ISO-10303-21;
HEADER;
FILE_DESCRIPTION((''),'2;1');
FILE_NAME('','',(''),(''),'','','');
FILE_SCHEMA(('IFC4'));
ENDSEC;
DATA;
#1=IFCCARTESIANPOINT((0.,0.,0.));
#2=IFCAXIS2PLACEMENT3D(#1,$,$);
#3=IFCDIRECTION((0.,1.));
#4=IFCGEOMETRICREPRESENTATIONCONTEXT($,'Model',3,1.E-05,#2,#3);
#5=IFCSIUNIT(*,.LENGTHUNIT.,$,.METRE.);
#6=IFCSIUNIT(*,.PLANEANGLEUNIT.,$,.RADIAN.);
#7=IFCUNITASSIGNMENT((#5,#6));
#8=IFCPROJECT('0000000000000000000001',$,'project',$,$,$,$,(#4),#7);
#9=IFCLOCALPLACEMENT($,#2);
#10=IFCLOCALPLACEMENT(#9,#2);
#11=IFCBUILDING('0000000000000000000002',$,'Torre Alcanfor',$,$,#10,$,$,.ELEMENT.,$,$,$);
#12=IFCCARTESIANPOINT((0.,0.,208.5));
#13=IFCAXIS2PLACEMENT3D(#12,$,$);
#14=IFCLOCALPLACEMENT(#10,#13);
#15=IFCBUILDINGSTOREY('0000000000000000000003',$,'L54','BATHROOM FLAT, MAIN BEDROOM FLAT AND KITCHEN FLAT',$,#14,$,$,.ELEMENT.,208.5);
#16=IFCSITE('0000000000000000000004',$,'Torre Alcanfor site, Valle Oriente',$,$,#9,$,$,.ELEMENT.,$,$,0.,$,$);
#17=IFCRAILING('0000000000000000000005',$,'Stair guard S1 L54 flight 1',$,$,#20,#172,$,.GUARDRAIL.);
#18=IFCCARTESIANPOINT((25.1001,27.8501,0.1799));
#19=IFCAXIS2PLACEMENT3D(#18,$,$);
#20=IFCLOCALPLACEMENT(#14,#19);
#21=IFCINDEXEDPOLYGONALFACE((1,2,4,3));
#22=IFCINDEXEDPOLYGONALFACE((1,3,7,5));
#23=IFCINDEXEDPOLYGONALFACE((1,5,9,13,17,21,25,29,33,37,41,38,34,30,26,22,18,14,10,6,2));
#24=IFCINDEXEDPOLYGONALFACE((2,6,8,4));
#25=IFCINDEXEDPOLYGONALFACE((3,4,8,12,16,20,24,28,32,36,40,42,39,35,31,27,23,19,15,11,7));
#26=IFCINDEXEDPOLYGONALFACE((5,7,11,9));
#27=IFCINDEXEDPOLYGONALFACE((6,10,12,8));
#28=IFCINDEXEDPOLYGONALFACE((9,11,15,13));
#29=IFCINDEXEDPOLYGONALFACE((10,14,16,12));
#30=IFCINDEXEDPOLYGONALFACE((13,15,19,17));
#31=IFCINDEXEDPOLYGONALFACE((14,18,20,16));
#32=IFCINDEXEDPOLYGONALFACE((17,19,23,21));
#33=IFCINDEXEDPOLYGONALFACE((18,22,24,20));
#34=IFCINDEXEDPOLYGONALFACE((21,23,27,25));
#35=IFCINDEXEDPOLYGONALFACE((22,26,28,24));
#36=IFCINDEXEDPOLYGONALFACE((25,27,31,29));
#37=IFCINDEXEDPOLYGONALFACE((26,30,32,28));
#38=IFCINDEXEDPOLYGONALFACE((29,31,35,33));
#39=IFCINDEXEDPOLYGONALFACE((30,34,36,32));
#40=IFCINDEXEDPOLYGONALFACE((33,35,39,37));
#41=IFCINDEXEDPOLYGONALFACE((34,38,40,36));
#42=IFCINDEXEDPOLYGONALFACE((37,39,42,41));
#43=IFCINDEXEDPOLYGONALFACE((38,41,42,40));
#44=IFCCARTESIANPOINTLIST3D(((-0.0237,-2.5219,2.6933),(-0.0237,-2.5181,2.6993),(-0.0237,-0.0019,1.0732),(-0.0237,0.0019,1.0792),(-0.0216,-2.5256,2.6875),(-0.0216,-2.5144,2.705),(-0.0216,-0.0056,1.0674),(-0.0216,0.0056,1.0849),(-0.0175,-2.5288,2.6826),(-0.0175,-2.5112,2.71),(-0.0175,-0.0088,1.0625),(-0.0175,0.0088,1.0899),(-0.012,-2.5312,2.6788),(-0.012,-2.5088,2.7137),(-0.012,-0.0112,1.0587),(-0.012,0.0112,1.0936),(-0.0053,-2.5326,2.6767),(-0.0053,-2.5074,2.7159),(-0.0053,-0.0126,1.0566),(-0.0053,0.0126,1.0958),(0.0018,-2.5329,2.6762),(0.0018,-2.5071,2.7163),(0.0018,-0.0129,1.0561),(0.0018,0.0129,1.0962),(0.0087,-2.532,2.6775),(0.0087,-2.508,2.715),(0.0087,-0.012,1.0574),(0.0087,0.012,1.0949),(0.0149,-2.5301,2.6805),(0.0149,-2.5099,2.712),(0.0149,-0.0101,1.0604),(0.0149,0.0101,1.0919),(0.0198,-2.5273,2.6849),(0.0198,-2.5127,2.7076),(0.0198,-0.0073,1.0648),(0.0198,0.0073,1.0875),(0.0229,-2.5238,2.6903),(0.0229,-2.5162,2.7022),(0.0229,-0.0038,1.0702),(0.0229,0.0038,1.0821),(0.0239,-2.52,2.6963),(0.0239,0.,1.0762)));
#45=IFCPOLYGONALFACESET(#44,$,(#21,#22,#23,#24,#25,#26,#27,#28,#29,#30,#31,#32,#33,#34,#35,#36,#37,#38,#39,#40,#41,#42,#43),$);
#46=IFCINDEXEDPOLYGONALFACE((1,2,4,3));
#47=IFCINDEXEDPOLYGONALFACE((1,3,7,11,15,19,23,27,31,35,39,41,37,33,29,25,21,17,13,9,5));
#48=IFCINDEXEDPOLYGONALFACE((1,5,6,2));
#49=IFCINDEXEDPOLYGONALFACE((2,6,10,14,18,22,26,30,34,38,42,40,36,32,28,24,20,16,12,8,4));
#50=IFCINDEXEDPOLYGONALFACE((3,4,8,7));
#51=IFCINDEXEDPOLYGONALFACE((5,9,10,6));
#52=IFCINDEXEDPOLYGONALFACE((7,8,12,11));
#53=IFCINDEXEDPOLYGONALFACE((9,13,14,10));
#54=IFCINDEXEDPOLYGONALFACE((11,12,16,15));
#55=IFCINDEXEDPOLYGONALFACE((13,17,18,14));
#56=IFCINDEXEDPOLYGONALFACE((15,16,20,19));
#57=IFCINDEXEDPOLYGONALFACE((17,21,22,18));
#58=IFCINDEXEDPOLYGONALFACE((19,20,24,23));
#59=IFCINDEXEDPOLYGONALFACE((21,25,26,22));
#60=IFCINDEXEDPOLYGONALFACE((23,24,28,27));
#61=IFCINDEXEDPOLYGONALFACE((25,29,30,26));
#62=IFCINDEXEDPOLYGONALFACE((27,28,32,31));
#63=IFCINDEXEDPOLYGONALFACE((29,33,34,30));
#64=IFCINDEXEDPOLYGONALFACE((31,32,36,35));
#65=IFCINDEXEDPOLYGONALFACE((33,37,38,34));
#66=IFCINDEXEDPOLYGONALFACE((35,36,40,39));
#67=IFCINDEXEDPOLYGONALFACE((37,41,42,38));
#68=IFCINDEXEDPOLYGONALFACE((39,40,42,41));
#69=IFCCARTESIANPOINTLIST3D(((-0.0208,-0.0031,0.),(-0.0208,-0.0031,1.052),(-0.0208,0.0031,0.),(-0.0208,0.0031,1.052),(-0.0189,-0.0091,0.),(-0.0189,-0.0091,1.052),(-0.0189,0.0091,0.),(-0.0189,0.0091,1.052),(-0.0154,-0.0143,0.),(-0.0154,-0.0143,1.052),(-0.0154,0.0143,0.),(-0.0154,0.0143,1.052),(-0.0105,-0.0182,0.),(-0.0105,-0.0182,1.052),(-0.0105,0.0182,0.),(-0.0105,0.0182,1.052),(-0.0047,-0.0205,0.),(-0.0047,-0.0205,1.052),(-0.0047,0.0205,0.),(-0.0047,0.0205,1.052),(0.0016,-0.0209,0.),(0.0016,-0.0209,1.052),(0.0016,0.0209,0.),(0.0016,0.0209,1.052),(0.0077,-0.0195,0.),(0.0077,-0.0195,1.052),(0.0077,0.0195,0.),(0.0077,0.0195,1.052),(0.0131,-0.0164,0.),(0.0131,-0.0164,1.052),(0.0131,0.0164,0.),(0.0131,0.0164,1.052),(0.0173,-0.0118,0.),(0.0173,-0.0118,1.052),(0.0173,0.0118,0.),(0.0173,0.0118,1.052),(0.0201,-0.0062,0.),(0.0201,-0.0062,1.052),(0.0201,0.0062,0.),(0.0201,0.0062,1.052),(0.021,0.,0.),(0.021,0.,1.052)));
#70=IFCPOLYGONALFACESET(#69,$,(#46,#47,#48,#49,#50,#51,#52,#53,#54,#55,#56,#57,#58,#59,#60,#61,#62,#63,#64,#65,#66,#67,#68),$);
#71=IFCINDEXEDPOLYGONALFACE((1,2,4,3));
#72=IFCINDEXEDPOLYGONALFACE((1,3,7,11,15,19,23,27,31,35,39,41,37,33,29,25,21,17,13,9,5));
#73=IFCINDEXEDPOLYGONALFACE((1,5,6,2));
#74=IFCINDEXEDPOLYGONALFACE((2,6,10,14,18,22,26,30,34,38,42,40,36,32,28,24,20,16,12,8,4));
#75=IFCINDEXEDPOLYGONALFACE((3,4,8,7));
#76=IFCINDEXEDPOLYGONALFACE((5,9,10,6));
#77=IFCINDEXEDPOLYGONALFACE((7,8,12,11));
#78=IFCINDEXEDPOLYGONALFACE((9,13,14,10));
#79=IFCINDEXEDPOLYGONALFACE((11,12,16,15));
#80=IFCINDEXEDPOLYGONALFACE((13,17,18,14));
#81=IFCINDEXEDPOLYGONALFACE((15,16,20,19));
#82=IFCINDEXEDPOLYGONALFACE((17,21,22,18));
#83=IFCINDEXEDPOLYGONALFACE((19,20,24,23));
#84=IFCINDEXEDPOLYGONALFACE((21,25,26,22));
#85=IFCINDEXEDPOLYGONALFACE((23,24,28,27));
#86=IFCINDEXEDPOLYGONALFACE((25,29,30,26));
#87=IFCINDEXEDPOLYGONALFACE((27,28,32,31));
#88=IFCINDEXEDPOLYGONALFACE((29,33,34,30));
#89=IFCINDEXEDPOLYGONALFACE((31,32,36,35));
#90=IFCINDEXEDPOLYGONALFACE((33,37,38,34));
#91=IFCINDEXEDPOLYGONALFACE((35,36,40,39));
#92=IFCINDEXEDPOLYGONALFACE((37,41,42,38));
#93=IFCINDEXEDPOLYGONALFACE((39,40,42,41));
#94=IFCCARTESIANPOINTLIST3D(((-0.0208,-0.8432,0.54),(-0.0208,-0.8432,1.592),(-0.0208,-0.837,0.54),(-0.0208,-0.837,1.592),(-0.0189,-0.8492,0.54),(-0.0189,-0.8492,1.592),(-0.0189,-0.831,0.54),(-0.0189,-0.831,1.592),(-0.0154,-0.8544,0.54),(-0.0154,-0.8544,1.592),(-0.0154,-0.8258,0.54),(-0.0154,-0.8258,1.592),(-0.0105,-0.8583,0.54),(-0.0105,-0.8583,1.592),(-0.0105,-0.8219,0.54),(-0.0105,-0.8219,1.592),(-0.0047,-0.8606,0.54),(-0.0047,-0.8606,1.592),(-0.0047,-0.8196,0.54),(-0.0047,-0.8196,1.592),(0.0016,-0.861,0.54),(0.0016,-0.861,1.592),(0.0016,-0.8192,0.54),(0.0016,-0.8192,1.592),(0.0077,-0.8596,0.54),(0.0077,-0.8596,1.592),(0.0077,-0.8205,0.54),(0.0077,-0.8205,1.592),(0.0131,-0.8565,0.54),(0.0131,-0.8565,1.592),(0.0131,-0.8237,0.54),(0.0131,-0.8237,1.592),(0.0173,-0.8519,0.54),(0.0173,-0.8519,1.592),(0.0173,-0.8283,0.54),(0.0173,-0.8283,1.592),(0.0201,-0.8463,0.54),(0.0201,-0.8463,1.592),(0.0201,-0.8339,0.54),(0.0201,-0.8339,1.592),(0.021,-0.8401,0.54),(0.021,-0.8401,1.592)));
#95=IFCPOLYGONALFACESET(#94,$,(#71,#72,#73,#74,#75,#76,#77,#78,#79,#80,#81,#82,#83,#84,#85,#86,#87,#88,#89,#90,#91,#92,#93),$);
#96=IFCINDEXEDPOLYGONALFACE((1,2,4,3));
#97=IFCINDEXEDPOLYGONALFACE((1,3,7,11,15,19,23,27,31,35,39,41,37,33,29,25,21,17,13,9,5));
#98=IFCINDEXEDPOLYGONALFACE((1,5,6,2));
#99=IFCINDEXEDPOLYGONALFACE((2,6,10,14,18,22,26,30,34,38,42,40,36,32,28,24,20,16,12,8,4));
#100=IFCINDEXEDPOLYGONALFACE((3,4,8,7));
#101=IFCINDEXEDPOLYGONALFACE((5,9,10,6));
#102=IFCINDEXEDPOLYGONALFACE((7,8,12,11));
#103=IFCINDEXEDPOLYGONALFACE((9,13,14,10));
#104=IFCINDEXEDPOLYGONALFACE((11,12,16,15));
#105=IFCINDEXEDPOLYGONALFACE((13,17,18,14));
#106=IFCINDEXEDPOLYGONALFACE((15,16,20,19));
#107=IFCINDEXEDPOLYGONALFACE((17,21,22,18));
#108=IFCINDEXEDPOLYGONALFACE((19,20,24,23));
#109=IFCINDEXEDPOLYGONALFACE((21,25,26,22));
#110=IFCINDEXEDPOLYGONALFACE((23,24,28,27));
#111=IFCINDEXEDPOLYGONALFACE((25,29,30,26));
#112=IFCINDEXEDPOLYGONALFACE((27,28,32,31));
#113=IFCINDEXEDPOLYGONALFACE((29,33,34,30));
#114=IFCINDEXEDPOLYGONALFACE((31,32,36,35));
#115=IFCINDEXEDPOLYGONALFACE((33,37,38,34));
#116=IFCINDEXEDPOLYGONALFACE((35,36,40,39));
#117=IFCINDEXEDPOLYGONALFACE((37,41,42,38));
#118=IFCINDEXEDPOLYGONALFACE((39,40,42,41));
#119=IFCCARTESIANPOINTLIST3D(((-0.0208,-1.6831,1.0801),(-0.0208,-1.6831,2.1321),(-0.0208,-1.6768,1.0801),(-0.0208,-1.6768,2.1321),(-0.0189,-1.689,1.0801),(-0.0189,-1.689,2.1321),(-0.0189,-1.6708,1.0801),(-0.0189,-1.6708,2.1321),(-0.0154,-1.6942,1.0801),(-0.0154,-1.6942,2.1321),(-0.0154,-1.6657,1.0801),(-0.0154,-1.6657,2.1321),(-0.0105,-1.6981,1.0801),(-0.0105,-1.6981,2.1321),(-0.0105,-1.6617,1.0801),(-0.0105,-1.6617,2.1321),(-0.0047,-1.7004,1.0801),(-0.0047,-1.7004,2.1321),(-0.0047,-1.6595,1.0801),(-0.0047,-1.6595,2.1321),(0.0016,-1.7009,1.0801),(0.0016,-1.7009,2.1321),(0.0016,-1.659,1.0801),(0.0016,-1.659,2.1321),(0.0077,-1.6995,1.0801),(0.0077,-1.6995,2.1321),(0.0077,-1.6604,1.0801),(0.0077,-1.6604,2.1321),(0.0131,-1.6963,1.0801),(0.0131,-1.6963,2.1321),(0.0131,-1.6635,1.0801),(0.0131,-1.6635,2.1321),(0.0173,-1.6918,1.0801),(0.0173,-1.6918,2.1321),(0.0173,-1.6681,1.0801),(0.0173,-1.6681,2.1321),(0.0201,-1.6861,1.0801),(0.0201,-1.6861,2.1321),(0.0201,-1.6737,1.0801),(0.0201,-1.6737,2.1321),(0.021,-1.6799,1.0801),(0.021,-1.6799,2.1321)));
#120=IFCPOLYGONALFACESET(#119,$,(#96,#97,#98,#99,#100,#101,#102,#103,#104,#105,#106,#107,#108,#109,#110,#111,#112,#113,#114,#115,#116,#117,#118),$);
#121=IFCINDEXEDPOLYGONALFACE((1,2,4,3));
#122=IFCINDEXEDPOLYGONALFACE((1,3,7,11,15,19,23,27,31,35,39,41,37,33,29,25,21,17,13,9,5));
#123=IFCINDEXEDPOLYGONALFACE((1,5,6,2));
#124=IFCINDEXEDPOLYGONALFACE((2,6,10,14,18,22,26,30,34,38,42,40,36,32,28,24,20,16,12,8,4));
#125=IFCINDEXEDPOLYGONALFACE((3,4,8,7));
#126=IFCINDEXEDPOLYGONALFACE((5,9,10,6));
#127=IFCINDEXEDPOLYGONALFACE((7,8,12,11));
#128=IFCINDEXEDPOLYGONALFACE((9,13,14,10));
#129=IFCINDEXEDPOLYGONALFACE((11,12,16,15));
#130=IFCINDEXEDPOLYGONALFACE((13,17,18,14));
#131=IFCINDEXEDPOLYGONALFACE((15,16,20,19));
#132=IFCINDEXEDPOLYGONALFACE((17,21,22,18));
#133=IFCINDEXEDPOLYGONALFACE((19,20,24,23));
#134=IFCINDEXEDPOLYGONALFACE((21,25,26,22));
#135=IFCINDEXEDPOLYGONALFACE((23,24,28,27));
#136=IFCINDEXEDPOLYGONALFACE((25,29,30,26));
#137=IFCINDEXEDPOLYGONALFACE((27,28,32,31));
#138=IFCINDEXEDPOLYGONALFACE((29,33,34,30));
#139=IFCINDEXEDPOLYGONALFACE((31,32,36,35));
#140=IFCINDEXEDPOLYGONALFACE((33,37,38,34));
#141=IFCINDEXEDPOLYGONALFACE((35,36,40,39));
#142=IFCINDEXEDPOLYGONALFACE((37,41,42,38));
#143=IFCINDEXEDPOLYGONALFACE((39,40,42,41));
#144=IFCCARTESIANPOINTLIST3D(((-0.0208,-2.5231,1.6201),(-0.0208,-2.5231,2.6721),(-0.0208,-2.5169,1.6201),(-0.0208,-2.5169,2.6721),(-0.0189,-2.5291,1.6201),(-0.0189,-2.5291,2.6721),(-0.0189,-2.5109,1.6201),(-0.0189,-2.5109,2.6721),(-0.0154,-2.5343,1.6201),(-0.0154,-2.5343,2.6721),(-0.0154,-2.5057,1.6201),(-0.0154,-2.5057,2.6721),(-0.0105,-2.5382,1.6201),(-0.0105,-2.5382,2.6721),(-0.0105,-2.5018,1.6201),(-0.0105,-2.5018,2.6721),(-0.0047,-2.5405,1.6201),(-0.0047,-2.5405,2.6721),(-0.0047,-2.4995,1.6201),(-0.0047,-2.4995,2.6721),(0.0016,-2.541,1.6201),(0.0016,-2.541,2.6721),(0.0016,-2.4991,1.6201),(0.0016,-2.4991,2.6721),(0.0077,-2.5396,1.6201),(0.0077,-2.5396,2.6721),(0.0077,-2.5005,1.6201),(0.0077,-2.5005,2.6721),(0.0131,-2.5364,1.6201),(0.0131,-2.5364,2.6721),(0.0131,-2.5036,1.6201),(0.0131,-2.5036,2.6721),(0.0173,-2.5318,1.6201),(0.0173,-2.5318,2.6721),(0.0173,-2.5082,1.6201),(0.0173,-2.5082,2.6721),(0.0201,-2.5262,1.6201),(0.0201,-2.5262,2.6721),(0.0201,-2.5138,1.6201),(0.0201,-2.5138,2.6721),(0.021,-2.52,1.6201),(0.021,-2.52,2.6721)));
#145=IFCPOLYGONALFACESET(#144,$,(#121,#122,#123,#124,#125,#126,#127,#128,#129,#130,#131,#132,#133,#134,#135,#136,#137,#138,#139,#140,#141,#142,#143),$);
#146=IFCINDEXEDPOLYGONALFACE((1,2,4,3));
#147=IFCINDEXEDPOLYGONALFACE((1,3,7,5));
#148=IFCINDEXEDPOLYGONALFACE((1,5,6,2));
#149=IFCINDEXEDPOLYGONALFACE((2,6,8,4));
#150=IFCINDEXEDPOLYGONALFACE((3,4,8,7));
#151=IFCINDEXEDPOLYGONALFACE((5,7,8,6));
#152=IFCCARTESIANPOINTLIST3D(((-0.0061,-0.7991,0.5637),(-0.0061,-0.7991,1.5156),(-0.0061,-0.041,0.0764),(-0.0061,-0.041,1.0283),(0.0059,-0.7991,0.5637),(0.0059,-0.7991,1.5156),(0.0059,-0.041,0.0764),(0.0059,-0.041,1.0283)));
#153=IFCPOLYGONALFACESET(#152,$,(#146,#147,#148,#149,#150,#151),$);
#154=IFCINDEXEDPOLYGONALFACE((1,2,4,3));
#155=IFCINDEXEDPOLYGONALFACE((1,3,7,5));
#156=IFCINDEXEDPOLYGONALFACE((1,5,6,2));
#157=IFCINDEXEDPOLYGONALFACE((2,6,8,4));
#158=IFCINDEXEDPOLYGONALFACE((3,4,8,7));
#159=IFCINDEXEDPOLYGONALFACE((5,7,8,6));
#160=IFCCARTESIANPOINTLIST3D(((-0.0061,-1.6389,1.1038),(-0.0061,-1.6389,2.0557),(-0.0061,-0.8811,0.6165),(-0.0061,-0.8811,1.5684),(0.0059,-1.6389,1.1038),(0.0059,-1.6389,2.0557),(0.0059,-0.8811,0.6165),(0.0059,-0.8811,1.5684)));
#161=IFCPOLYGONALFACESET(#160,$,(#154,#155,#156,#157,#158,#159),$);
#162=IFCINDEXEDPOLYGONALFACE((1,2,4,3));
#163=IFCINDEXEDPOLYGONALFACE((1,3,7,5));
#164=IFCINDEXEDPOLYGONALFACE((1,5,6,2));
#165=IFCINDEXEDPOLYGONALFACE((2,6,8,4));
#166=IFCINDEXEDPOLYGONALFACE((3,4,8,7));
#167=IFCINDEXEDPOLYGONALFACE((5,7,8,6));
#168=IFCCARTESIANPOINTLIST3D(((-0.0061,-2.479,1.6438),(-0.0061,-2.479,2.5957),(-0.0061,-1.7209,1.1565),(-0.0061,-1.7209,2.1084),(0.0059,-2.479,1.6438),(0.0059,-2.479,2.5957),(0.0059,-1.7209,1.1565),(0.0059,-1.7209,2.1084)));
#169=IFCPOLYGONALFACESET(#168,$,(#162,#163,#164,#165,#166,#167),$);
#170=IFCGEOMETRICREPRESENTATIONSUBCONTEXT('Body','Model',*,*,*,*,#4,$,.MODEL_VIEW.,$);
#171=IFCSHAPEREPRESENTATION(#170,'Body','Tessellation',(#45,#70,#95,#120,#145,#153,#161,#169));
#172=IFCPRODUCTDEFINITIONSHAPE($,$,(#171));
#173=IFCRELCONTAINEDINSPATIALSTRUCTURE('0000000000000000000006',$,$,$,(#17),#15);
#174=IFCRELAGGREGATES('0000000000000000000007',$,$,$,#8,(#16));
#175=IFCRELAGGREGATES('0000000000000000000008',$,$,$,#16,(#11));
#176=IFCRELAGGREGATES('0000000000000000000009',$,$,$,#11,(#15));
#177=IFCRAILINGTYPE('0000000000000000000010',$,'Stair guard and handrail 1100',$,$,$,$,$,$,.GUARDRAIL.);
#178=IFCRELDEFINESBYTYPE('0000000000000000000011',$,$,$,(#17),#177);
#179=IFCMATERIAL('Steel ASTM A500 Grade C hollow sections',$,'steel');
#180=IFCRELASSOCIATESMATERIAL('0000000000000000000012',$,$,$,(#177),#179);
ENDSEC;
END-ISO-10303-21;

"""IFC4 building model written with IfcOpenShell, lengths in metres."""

from ifc_helpers import new_model, si_unit, direction, frame, origin, origin_2d, place, context, subcontext, project, spatial, polyline, circle, outline, extrude, material, type_object, element, save


model = new_model("IFC4")

# Units and contexts
model_context = context("Model", 3, precision=1e-05, world=origin(), true_north=direction((0.0, 1.0)))
body_context = subcontext(model_context, "Body", "Model", "MODEL_VIEW")
ifc_project = project(units=[si_unit("LENGTHUNIT", "METRE"), si_unit("PLANEANGLEUNIT", "RADIAN")], contexts=[model_context])

# Site, building, storey
site_placement = place(None, origin())
site = spatial("IfcSite", under=ifc_project, at=site_placement, Name="Torre Alcanfor site, Valle Oriente", CompositionType="ELEMENT", RefElevation=0.0)
building_placement = place(site_placement, origin())
building = spatial("IfcBuilding", under=site, at=building_placement, Name="Torre Alcanfor", CompositionType="ELEMENT")
storey_placement = place(building_placement, frame((0.0, 0.0, 208.5)))
storey = spatial("IfcBuildingStorey", under=building, at=storey_placement, Name="L54", Description="BATHROOM FLAT, MAIN BEDROOM FLAT AND KITCHEN FLAT", CompositionType="ELEMENT", Elevation=208.5)

# Railing
ifc_material_1 = material(Name="Steel ASTM A500 Grade C hollow sections", Category="steel")
railing_type = type_object("IfcRailingType", Name="Stair guard and handrail 1100", PredefinedType="GUARDRAIL", material=ifc_material_1)
railing_placement = place(storey_placement, frame((25.1001, 27.8501, 0.1799)))
element("IfcRailing", 1, at=railing_placement, inside=storey, type_object=railing_type, Name="Stair guard S1 L54 flight 1", PredefinedType="GUARDRAIL", context=body_context, shape_type="SweptSolid", body=[
    extrude(circle(Radius=0.0239, at=origin_2d()), frame((0.0, 0.0, 1.0762), z_axis=(0.0, -0.841163, 0.540782), x_axis=(1.0, 0.0, 0.0)), (0.0, 0.0, 1.0), 2.9958),
    extrude(circle(Radius=0.021, at=origin_2d()), origin(), (0.0, 0.0, 1.0), 1.052),
    extrude(circle(Radius=0.021, at=origin_2d()), frame((0.0, -0.8401, 0.54)), (0.0, 0.0, 1.0), 1.052),
    extrude(circle(Radius=0.021, at=origin_2d()), frame((0.0, -1.6799, 1.0801)), (0.0, 0.0, 1.0), 1.052),
    extrude(circle(Radius=0.021, at=origin_2d()), frame((0.0, -2.52, 1.6201)), (0.0, 0.0, 1.0), 1.052),
    extrude(outline(polyline([(0.041, 0.0764), (0.7991, 0.5637), (0.7991, 1.5156), (0.041, 1.0283), (0.041, 0.0764)])), frame((0.0059, 0.0, 0.0), z_axis=(-1.0, 0.0, 0.0), x_axis=(0.0, -1.0, 0.0)), (0.0, 0.0, 1.0), 0.012),
    extrude(outline(polyline([(0.8811, 0.6165), (1.6389, 1.1038), (1.6389, 2.0557), (0.8811, 1.5684), (0.8811, 0.6165)])), frame((0.0059, 0.0, 0.0), z_axis=(-1.0, 0.0, 0.0), x_axis=(0.0, -1.0, 0.0)), (0.0, 0.0, 1.0), 0.012),
    extrude(outline(polyline([(1.7209, 1.1565), (2.479, 1.6438), (2.479, 2.5957), (1.7209, 2.1084), (1.7209, 1.1565)])), frame((0.0059, 0.0, 0.0), z_axis=(-1.0, 0.0, 0.0), x_axis=(0.0, -1.0, 0.0)), (0.0, 0.0, 1.0), 0.012),
])

save(model, "model.ifc")
